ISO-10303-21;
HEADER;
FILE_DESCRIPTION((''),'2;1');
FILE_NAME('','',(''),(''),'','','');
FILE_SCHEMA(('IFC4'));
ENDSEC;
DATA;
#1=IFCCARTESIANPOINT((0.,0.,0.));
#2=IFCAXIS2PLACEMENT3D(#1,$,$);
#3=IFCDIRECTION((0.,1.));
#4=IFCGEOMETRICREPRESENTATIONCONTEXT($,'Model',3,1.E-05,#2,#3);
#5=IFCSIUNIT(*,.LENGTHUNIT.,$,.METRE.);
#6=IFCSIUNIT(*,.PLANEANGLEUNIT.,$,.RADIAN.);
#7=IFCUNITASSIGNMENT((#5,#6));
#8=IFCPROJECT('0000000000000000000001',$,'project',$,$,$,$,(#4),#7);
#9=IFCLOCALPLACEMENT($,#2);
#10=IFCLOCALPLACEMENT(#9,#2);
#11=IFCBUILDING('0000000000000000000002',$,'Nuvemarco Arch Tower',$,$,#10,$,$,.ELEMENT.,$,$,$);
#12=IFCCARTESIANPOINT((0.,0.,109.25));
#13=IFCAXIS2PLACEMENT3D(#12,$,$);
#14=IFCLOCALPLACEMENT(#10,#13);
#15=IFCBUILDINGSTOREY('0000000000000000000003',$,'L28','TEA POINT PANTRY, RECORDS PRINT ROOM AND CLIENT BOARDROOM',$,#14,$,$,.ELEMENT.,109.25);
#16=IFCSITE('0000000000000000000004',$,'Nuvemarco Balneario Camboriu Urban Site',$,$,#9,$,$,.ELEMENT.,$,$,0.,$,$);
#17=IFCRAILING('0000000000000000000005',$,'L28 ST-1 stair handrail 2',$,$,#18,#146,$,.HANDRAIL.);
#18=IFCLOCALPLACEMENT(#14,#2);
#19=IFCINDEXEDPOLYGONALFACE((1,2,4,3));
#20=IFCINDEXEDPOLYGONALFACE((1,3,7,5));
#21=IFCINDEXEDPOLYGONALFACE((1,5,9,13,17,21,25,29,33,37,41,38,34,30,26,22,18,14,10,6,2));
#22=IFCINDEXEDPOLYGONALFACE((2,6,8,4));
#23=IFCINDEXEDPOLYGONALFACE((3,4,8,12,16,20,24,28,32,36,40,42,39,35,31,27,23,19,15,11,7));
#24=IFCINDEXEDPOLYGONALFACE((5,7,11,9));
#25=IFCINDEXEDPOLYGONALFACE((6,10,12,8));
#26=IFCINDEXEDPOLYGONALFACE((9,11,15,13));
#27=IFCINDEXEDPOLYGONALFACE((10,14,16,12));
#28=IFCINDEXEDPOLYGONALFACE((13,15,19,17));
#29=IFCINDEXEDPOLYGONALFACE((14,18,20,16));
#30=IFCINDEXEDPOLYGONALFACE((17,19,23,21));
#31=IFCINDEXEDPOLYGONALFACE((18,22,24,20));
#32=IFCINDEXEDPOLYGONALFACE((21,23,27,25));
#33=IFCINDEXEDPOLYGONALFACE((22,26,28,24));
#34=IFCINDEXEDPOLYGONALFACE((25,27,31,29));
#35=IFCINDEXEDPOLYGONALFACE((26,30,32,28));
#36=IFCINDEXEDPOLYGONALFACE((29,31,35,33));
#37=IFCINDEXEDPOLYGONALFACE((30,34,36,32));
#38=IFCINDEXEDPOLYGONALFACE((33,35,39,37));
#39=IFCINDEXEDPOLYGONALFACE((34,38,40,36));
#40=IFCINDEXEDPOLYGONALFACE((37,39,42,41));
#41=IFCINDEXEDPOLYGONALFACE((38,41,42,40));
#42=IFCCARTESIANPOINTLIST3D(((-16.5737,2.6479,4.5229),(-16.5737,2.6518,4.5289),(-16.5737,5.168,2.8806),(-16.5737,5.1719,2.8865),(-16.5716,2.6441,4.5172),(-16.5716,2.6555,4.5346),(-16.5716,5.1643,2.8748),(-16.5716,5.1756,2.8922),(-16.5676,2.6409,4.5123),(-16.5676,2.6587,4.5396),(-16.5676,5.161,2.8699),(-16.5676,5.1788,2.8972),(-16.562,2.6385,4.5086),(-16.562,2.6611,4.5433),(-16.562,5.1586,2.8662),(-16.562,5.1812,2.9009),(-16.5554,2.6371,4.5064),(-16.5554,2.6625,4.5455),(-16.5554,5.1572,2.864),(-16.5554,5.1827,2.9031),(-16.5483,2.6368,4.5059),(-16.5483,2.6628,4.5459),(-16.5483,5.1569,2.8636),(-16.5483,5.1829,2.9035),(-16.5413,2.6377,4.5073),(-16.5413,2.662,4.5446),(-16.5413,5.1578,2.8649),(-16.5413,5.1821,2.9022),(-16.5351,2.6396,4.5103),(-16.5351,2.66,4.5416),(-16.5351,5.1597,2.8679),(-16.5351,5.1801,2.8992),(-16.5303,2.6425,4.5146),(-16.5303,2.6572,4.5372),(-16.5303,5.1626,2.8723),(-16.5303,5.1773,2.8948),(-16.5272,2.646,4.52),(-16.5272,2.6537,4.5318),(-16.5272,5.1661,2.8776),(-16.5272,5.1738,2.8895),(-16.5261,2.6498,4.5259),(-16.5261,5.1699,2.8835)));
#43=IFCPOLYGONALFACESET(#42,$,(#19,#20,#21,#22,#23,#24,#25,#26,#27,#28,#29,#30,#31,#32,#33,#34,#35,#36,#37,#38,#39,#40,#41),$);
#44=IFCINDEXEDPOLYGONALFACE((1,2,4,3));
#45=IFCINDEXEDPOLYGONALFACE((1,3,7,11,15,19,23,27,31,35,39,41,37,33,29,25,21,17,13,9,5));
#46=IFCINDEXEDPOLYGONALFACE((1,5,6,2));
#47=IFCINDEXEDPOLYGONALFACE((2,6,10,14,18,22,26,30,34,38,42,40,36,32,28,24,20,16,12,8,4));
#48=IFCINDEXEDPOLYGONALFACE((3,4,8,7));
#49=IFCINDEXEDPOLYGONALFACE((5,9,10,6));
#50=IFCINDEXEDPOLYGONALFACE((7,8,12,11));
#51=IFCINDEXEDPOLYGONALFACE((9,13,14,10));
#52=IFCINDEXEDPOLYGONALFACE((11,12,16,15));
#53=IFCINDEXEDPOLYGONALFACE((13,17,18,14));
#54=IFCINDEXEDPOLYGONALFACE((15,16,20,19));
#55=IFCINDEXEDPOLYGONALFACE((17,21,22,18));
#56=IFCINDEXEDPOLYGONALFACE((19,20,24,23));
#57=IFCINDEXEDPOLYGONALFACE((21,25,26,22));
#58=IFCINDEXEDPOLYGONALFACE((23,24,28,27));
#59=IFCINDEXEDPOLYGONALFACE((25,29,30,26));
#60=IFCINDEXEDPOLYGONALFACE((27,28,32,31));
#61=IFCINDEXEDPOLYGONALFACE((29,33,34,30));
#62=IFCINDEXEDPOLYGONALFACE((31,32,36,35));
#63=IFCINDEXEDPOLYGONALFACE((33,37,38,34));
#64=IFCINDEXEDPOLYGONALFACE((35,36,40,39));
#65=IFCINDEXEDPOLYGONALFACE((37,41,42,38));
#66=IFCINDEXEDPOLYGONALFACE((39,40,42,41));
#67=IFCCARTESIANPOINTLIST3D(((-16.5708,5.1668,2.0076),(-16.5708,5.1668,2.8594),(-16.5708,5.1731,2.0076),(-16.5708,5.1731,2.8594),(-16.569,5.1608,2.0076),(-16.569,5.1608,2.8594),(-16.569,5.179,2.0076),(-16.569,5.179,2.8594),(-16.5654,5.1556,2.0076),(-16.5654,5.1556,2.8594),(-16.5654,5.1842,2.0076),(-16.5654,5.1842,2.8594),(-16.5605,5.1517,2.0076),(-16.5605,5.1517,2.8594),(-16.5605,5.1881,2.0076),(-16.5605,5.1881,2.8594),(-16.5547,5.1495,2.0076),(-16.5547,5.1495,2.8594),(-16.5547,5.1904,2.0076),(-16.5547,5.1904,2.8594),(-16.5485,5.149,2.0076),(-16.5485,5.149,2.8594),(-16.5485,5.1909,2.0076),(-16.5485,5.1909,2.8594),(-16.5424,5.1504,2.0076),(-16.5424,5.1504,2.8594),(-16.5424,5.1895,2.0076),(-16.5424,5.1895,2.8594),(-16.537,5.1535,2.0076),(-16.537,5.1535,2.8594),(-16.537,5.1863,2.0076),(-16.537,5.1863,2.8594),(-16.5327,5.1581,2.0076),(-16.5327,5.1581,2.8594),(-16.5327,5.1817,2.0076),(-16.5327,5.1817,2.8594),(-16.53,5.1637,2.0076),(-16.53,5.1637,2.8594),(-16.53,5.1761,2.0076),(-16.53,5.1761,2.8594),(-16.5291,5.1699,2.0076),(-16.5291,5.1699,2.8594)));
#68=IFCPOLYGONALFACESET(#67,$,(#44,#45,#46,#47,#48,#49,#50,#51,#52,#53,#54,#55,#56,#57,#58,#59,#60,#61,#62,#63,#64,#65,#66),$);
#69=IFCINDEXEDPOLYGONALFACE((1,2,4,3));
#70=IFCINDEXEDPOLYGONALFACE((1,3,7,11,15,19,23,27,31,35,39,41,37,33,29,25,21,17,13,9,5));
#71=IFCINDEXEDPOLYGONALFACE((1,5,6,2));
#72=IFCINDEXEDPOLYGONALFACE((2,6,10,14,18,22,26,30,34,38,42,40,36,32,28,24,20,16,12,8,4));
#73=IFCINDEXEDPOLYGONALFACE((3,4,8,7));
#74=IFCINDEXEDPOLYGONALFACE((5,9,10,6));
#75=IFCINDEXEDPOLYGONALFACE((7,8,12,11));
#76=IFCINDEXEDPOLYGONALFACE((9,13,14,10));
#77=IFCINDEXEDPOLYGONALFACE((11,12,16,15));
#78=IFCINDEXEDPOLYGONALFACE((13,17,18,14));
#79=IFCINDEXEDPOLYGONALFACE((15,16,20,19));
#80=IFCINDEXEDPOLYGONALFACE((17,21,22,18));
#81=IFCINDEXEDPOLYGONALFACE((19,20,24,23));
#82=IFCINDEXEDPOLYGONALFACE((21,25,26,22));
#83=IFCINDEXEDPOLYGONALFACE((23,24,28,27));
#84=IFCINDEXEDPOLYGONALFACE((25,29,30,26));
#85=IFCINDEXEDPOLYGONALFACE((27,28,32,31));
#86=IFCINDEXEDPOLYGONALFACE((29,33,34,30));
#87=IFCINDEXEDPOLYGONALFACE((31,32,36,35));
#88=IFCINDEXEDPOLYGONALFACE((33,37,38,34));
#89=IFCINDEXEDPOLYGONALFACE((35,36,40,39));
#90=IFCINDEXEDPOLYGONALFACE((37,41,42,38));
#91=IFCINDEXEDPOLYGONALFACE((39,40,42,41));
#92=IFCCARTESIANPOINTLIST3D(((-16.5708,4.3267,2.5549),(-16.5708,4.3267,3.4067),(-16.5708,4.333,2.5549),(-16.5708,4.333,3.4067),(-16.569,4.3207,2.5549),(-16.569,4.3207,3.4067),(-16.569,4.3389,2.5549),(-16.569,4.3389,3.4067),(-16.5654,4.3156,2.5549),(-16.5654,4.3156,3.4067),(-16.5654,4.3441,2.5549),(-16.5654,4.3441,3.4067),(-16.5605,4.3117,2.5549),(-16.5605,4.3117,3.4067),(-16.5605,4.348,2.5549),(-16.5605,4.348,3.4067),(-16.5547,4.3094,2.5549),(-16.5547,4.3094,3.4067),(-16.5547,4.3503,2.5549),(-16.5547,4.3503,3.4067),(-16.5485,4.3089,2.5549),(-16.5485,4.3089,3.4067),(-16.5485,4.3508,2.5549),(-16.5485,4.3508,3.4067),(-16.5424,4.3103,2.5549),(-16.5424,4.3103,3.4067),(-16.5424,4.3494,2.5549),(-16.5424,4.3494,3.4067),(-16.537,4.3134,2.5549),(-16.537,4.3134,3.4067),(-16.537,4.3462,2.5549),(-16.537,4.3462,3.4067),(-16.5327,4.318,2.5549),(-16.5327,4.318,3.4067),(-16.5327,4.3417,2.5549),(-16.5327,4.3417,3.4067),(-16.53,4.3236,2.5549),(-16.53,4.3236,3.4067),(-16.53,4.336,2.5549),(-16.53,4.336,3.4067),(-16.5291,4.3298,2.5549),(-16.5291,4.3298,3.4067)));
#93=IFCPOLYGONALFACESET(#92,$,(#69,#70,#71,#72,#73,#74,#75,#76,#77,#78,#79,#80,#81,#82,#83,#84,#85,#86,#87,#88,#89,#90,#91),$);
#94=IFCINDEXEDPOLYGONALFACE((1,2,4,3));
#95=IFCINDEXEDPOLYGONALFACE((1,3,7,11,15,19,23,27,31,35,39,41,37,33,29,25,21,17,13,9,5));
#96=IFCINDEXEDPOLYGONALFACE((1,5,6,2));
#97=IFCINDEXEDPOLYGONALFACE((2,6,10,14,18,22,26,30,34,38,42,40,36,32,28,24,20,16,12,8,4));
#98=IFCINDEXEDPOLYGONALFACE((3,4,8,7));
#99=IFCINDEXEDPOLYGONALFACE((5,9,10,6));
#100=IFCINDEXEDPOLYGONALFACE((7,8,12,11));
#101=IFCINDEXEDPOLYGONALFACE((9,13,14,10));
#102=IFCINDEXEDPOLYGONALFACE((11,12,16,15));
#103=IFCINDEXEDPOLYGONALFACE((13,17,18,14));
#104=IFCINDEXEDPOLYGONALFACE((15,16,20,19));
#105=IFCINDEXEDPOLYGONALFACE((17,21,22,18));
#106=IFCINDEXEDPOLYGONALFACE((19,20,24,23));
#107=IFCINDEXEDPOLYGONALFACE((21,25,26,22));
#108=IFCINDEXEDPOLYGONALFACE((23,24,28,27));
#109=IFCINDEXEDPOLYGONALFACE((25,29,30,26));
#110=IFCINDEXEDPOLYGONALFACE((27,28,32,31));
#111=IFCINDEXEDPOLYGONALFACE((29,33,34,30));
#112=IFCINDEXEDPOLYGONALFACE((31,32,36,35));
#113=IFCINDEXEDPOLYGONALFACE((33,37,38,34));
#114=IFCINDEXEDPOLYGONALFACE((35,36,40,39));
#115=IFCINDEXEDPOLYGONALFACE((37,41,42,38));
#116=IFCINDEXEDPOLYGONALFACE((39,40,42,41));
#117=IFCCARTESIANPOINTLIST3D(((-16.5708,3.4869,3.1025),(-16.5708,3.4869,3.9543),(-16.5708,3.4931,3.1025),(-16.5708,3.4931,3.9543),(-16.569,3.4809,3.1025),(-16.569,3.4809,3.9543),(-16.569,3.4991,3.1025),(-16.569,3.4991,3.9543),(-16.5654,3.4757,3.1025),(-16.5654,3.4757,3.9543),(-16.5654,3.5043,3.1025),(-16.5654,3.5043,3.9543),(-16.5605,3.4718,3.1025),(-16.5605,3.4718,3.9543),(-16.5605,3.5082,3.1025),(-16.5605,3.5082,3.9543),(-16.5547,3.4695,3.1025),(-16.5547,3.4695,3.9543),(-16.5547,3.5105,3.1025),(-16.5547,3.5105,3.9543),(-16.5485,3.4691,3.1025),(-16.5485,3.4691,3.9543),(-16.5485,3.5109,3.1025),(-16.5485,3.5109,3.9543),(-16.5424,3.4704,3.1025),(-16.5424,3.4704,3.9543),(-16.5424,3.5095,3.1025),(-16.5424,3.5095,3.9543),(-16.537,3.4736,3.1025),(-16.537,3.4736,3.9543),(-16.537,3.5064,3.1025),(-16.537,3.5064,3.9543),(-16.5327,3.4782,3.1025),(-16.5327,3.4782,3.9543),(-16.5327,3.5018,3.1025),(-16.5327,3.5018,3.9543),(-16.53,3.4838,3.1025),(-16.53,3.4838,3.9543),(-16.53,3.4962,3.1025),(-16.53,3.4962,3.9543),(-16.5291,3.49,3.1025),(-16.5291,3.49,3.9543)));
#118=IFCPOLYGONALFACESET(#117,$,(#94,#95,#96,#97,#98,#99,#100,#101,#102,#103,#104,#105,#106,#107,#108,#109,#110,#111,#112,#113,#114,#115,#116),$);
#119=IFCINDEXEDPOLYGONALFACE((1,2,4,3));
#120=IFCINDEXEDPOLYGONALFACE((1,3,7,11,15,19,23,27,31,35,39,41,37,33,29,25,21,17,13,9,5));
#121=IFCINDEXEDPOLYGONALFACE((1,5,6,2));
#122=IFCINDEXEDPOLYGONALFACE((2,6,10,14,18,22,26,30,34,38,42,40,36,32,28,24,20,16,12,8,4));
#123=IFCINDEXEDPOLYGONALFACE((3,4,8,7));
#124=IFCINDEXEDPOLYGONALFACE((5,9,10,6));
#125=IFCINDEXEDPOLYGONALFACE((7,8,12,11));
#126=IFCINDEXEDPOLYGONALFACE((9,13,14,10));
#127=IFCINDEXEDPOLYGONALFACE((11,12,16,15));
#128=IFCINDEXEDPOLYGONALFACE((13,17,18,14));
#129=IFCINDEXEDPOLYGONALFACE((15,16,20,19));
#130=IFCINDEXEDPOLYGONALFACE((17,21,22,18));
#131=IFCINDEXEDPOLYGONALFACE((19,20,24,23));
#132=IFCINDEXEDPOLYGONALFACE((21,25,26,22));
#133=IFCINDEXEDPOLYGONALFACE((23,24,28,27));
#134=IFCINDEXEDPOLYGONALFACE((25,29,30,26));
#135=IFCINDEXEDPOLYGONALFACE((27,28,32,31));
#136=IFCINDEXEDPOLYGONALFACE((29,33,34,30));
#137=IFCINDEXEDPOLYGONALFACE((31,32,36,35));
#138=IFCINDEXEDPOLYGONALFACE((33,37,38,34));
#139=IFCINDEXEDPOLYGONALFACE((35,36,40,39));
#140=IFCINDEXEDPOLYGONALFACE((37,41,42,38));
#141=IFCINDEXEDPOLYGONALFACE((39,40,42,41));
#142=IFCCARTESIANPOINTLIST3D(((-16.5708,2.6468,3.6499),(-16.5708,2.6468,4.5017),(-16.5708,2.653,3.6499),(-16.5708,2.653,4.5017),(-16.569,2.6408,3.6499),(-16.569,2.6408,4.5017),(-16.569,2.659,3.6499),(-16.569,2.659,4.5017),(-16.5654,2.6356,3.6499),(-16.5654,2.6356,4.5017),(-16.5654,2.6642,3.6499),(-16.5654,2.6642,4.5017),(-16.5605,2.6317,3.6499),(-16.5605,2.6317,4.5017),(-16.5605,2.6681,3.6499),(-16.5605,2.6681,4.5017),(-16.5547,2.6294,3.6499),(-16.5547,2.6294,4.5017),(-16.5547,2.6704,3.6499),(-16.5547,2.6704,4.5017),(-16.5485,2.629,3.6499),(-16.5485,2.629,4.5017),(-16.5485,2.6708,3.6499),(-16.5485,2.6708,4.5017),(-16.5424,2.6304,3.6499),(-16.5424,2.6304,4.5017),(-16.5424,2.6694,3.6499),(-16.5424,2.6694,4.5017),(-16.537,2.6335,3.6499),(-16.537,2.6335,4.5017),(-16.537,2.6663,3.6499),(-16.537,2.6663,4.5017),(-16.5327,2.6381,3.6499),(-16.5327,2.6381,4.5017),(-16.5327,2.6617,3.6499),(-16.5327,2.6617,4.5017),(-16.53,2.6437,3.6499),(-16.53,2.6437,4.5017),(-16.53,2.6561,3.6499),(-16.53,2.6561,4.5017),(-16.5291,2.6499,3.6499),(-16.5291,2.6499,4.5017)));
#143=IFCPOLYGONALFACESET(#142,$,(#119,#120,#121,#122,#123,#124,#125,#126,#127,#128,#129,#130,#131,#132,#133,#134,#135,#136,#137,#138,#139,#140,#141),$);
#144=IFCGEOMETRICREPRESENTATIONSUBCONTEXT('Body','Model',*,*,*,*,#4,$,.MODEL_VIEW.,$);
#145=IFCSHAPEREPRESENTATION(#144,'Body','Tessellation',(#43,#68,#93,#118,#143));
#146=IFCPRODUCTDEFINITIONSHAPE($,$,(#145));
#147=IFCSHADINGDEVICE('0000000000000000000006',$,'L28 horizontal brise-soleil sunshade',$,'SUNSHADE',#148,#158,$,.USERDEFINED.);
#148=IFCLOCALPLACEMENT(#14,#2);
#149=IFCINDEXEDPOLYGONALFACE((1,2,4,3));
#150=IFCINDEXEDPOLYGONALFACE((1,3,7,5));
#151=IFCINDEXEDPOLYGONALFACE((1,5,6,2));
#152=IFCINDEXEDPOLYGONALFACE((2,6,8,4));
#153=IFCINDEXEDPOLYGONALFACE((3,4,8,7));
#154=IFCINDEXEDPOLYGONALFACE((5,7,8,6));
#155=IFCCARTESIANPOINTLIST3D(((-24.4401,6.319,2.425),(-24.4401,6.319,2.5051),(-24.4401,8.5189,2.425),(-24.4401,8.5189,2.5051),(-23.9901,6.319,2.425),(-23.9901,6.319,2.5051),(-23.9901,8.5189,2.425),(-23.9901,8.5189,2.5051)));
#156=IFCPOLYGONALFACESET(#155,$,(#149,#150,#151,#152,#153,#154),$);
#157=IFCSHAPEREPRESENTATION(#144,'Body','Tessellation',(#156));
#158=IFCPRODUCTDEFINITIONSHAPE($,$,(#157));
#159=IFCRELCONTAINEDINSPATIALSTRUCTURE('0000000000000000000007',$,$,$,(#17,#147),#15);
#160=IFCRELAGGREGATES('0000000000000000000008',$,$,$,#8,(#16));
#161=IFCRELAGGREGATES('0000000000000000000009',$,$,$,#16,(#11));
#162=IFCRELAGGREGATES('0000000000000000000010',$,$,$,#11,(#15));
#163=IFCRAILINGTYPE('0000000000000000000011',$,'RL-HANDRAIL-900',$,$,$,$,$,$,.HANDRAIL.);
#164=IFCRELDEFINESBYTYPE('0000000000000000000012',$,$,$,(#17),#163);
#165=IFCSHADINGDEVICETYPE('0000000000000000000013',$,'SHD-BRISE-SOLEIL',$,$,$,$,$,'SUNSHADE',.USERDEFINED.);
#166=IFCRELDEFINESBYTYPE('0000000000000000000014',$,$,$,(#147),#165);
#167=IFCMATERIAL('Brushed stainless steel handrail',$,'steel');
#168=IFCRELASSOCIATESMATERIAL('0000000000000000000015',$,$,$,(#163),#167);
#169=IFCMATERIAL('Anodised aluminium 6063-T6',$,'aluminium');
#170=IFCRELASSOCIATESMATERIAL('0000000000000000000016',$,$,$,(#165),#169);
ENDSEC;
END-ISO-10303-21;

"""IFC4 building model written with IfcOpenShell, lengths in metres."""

from ifc_helpers import new_model, si_unit, direction, frame, origin, origin_2d, place, context, subcontext, project, spatial, rectangle, circle, extrude, source, transform, mapped, material, type_object, type_shapes, element, save


model = new_model("IFC4")

# Units and contexts
model_context = context("Model", 3, precision=1e-05, world=origin(), true_north=direction((0.0, 1.0)))
body_context = subcontext(model_context, "Body", "Model", "MODEL_VIEW")
ifc_project = project(units=[si_unit("LENGTHUNIT", "METRE"), si_unit("PLANEANGLEUNIT", "RADIAN")], contexts=[model_context])

# Site, building, storey
site_placement = place(None, origin())
site = spatial("IfcSite", under=ifc_project, at=site_placement, Name="Nuvemarco Balneario Camboriu Urban Site", CompositionType="ELEMENT", RefElevation=0.0)
building_placement = place(site_placement, origin())
building = spatial("IfcBuilding", under=site, at=building_placement, Name="Nuvemarco Arch Tower", CompositionType="ELEMENT")
storey_placement = place(building_placement, frame((0.0, 0.0, 109.25)))
storey = spatial("IfcBuildingStorey", under=building, at=storey_placement, Name="L28", Description="TEA POINT PANTRY, RECORDS PRINT ROOM AND CLIENT BOARDROOM", CompositionType="ELEMENT", Elevation=109.25)

# Railing
ifc_material_1 = material(Name="Brushed stainless steel handrail", Category="steel")
railing_type = type_object("IfcRailingType", Name="RL-HANDRAIL-900", PredefinedType="HANDRAIL", material=ifc_material_1)
railing_placement = place(storey_placement, frame((-16.55, 5.1699, 2.0076)))
element("IfcRailing", 1, at=railing_placement, inside=storey, type_object=railing_type, Name="L28 ST-1 stair handrail 2", PredefinedType="HANDRAIL", context=body_context, shape_type="SweptSolid", body=[
    extrude(circle(Radius=0.0239, at=origin_2d()), frame((0.0, 0.0, 0.876), z_axis=(0.0, -0.837787, 0.545998), x_axis=(1.0, 0.0, 0.0)), (0.0, 0.0, 1.0), 3.0081),
    extrude(circle(Radius=0.021, at=origin_2d()), origin(), (0.0, 0.0, 1.0), 0.8518),
    extrude(circle(Radius=0.021, at=origin_2d()), frame((0.0, -0.8401, 0.5474)), (0.0, 0.0, 1.0), 0.8518),
    extrude(circle(Radius=0.021, at=origin_2d()), frame((0.0, -1.6799, 1.095)), (0.0, 0.0, 1.0), 0.8518),
    extrude(circle(Radius=0.021, at=origin_2d()), frame((0.0, -2.52, 1.6423)), (0.0, 0.0, 1.0), 0.8518),
])

# Shading device
ifc_material_2 = material(Name="Anodised aluminium 6063-T6", Category="aluminium")
shading_device_type = type_object("IfcShadingDeviceType", Name="SHD-BRISE-SOLEIL", ElementType="SUNSHADE", PredefinedType="USERDEFINED", material=ifc_material_2)
shared_shape = source(origin(), body_context, "Body", "SweptSolid", [
    extrude(rectangle(XDim=2.2, YDim=0.45, at=origin_2d()), origin(), (0.0, 0.0, 1.0), 0.0801),
])
type_shapes(shading_device_type, [shared_shape])
shading_device_placement = place(storey_placement, frame((-24.2151, 7.4189, 2.425), z_axis=(0.0, 0.0, 1.0), x_axis=(0.0, 1.0, 0.0)))
element("IfcShadingDevice", 2, at=shading_device_placement, inside=storey, type_object=shading_device_type, Name="L28 horizontal brise-soleil sunshade", ObjectType="SUNSHADE", PredefinedType="USERDEFINED", context=body_context, shape_type="MappedRepresentation", body=[
    mapped(shared_shape, transform((0.0, 0.0, 0.0), scale=1.0)),
])

save(model, "model.ifc")
